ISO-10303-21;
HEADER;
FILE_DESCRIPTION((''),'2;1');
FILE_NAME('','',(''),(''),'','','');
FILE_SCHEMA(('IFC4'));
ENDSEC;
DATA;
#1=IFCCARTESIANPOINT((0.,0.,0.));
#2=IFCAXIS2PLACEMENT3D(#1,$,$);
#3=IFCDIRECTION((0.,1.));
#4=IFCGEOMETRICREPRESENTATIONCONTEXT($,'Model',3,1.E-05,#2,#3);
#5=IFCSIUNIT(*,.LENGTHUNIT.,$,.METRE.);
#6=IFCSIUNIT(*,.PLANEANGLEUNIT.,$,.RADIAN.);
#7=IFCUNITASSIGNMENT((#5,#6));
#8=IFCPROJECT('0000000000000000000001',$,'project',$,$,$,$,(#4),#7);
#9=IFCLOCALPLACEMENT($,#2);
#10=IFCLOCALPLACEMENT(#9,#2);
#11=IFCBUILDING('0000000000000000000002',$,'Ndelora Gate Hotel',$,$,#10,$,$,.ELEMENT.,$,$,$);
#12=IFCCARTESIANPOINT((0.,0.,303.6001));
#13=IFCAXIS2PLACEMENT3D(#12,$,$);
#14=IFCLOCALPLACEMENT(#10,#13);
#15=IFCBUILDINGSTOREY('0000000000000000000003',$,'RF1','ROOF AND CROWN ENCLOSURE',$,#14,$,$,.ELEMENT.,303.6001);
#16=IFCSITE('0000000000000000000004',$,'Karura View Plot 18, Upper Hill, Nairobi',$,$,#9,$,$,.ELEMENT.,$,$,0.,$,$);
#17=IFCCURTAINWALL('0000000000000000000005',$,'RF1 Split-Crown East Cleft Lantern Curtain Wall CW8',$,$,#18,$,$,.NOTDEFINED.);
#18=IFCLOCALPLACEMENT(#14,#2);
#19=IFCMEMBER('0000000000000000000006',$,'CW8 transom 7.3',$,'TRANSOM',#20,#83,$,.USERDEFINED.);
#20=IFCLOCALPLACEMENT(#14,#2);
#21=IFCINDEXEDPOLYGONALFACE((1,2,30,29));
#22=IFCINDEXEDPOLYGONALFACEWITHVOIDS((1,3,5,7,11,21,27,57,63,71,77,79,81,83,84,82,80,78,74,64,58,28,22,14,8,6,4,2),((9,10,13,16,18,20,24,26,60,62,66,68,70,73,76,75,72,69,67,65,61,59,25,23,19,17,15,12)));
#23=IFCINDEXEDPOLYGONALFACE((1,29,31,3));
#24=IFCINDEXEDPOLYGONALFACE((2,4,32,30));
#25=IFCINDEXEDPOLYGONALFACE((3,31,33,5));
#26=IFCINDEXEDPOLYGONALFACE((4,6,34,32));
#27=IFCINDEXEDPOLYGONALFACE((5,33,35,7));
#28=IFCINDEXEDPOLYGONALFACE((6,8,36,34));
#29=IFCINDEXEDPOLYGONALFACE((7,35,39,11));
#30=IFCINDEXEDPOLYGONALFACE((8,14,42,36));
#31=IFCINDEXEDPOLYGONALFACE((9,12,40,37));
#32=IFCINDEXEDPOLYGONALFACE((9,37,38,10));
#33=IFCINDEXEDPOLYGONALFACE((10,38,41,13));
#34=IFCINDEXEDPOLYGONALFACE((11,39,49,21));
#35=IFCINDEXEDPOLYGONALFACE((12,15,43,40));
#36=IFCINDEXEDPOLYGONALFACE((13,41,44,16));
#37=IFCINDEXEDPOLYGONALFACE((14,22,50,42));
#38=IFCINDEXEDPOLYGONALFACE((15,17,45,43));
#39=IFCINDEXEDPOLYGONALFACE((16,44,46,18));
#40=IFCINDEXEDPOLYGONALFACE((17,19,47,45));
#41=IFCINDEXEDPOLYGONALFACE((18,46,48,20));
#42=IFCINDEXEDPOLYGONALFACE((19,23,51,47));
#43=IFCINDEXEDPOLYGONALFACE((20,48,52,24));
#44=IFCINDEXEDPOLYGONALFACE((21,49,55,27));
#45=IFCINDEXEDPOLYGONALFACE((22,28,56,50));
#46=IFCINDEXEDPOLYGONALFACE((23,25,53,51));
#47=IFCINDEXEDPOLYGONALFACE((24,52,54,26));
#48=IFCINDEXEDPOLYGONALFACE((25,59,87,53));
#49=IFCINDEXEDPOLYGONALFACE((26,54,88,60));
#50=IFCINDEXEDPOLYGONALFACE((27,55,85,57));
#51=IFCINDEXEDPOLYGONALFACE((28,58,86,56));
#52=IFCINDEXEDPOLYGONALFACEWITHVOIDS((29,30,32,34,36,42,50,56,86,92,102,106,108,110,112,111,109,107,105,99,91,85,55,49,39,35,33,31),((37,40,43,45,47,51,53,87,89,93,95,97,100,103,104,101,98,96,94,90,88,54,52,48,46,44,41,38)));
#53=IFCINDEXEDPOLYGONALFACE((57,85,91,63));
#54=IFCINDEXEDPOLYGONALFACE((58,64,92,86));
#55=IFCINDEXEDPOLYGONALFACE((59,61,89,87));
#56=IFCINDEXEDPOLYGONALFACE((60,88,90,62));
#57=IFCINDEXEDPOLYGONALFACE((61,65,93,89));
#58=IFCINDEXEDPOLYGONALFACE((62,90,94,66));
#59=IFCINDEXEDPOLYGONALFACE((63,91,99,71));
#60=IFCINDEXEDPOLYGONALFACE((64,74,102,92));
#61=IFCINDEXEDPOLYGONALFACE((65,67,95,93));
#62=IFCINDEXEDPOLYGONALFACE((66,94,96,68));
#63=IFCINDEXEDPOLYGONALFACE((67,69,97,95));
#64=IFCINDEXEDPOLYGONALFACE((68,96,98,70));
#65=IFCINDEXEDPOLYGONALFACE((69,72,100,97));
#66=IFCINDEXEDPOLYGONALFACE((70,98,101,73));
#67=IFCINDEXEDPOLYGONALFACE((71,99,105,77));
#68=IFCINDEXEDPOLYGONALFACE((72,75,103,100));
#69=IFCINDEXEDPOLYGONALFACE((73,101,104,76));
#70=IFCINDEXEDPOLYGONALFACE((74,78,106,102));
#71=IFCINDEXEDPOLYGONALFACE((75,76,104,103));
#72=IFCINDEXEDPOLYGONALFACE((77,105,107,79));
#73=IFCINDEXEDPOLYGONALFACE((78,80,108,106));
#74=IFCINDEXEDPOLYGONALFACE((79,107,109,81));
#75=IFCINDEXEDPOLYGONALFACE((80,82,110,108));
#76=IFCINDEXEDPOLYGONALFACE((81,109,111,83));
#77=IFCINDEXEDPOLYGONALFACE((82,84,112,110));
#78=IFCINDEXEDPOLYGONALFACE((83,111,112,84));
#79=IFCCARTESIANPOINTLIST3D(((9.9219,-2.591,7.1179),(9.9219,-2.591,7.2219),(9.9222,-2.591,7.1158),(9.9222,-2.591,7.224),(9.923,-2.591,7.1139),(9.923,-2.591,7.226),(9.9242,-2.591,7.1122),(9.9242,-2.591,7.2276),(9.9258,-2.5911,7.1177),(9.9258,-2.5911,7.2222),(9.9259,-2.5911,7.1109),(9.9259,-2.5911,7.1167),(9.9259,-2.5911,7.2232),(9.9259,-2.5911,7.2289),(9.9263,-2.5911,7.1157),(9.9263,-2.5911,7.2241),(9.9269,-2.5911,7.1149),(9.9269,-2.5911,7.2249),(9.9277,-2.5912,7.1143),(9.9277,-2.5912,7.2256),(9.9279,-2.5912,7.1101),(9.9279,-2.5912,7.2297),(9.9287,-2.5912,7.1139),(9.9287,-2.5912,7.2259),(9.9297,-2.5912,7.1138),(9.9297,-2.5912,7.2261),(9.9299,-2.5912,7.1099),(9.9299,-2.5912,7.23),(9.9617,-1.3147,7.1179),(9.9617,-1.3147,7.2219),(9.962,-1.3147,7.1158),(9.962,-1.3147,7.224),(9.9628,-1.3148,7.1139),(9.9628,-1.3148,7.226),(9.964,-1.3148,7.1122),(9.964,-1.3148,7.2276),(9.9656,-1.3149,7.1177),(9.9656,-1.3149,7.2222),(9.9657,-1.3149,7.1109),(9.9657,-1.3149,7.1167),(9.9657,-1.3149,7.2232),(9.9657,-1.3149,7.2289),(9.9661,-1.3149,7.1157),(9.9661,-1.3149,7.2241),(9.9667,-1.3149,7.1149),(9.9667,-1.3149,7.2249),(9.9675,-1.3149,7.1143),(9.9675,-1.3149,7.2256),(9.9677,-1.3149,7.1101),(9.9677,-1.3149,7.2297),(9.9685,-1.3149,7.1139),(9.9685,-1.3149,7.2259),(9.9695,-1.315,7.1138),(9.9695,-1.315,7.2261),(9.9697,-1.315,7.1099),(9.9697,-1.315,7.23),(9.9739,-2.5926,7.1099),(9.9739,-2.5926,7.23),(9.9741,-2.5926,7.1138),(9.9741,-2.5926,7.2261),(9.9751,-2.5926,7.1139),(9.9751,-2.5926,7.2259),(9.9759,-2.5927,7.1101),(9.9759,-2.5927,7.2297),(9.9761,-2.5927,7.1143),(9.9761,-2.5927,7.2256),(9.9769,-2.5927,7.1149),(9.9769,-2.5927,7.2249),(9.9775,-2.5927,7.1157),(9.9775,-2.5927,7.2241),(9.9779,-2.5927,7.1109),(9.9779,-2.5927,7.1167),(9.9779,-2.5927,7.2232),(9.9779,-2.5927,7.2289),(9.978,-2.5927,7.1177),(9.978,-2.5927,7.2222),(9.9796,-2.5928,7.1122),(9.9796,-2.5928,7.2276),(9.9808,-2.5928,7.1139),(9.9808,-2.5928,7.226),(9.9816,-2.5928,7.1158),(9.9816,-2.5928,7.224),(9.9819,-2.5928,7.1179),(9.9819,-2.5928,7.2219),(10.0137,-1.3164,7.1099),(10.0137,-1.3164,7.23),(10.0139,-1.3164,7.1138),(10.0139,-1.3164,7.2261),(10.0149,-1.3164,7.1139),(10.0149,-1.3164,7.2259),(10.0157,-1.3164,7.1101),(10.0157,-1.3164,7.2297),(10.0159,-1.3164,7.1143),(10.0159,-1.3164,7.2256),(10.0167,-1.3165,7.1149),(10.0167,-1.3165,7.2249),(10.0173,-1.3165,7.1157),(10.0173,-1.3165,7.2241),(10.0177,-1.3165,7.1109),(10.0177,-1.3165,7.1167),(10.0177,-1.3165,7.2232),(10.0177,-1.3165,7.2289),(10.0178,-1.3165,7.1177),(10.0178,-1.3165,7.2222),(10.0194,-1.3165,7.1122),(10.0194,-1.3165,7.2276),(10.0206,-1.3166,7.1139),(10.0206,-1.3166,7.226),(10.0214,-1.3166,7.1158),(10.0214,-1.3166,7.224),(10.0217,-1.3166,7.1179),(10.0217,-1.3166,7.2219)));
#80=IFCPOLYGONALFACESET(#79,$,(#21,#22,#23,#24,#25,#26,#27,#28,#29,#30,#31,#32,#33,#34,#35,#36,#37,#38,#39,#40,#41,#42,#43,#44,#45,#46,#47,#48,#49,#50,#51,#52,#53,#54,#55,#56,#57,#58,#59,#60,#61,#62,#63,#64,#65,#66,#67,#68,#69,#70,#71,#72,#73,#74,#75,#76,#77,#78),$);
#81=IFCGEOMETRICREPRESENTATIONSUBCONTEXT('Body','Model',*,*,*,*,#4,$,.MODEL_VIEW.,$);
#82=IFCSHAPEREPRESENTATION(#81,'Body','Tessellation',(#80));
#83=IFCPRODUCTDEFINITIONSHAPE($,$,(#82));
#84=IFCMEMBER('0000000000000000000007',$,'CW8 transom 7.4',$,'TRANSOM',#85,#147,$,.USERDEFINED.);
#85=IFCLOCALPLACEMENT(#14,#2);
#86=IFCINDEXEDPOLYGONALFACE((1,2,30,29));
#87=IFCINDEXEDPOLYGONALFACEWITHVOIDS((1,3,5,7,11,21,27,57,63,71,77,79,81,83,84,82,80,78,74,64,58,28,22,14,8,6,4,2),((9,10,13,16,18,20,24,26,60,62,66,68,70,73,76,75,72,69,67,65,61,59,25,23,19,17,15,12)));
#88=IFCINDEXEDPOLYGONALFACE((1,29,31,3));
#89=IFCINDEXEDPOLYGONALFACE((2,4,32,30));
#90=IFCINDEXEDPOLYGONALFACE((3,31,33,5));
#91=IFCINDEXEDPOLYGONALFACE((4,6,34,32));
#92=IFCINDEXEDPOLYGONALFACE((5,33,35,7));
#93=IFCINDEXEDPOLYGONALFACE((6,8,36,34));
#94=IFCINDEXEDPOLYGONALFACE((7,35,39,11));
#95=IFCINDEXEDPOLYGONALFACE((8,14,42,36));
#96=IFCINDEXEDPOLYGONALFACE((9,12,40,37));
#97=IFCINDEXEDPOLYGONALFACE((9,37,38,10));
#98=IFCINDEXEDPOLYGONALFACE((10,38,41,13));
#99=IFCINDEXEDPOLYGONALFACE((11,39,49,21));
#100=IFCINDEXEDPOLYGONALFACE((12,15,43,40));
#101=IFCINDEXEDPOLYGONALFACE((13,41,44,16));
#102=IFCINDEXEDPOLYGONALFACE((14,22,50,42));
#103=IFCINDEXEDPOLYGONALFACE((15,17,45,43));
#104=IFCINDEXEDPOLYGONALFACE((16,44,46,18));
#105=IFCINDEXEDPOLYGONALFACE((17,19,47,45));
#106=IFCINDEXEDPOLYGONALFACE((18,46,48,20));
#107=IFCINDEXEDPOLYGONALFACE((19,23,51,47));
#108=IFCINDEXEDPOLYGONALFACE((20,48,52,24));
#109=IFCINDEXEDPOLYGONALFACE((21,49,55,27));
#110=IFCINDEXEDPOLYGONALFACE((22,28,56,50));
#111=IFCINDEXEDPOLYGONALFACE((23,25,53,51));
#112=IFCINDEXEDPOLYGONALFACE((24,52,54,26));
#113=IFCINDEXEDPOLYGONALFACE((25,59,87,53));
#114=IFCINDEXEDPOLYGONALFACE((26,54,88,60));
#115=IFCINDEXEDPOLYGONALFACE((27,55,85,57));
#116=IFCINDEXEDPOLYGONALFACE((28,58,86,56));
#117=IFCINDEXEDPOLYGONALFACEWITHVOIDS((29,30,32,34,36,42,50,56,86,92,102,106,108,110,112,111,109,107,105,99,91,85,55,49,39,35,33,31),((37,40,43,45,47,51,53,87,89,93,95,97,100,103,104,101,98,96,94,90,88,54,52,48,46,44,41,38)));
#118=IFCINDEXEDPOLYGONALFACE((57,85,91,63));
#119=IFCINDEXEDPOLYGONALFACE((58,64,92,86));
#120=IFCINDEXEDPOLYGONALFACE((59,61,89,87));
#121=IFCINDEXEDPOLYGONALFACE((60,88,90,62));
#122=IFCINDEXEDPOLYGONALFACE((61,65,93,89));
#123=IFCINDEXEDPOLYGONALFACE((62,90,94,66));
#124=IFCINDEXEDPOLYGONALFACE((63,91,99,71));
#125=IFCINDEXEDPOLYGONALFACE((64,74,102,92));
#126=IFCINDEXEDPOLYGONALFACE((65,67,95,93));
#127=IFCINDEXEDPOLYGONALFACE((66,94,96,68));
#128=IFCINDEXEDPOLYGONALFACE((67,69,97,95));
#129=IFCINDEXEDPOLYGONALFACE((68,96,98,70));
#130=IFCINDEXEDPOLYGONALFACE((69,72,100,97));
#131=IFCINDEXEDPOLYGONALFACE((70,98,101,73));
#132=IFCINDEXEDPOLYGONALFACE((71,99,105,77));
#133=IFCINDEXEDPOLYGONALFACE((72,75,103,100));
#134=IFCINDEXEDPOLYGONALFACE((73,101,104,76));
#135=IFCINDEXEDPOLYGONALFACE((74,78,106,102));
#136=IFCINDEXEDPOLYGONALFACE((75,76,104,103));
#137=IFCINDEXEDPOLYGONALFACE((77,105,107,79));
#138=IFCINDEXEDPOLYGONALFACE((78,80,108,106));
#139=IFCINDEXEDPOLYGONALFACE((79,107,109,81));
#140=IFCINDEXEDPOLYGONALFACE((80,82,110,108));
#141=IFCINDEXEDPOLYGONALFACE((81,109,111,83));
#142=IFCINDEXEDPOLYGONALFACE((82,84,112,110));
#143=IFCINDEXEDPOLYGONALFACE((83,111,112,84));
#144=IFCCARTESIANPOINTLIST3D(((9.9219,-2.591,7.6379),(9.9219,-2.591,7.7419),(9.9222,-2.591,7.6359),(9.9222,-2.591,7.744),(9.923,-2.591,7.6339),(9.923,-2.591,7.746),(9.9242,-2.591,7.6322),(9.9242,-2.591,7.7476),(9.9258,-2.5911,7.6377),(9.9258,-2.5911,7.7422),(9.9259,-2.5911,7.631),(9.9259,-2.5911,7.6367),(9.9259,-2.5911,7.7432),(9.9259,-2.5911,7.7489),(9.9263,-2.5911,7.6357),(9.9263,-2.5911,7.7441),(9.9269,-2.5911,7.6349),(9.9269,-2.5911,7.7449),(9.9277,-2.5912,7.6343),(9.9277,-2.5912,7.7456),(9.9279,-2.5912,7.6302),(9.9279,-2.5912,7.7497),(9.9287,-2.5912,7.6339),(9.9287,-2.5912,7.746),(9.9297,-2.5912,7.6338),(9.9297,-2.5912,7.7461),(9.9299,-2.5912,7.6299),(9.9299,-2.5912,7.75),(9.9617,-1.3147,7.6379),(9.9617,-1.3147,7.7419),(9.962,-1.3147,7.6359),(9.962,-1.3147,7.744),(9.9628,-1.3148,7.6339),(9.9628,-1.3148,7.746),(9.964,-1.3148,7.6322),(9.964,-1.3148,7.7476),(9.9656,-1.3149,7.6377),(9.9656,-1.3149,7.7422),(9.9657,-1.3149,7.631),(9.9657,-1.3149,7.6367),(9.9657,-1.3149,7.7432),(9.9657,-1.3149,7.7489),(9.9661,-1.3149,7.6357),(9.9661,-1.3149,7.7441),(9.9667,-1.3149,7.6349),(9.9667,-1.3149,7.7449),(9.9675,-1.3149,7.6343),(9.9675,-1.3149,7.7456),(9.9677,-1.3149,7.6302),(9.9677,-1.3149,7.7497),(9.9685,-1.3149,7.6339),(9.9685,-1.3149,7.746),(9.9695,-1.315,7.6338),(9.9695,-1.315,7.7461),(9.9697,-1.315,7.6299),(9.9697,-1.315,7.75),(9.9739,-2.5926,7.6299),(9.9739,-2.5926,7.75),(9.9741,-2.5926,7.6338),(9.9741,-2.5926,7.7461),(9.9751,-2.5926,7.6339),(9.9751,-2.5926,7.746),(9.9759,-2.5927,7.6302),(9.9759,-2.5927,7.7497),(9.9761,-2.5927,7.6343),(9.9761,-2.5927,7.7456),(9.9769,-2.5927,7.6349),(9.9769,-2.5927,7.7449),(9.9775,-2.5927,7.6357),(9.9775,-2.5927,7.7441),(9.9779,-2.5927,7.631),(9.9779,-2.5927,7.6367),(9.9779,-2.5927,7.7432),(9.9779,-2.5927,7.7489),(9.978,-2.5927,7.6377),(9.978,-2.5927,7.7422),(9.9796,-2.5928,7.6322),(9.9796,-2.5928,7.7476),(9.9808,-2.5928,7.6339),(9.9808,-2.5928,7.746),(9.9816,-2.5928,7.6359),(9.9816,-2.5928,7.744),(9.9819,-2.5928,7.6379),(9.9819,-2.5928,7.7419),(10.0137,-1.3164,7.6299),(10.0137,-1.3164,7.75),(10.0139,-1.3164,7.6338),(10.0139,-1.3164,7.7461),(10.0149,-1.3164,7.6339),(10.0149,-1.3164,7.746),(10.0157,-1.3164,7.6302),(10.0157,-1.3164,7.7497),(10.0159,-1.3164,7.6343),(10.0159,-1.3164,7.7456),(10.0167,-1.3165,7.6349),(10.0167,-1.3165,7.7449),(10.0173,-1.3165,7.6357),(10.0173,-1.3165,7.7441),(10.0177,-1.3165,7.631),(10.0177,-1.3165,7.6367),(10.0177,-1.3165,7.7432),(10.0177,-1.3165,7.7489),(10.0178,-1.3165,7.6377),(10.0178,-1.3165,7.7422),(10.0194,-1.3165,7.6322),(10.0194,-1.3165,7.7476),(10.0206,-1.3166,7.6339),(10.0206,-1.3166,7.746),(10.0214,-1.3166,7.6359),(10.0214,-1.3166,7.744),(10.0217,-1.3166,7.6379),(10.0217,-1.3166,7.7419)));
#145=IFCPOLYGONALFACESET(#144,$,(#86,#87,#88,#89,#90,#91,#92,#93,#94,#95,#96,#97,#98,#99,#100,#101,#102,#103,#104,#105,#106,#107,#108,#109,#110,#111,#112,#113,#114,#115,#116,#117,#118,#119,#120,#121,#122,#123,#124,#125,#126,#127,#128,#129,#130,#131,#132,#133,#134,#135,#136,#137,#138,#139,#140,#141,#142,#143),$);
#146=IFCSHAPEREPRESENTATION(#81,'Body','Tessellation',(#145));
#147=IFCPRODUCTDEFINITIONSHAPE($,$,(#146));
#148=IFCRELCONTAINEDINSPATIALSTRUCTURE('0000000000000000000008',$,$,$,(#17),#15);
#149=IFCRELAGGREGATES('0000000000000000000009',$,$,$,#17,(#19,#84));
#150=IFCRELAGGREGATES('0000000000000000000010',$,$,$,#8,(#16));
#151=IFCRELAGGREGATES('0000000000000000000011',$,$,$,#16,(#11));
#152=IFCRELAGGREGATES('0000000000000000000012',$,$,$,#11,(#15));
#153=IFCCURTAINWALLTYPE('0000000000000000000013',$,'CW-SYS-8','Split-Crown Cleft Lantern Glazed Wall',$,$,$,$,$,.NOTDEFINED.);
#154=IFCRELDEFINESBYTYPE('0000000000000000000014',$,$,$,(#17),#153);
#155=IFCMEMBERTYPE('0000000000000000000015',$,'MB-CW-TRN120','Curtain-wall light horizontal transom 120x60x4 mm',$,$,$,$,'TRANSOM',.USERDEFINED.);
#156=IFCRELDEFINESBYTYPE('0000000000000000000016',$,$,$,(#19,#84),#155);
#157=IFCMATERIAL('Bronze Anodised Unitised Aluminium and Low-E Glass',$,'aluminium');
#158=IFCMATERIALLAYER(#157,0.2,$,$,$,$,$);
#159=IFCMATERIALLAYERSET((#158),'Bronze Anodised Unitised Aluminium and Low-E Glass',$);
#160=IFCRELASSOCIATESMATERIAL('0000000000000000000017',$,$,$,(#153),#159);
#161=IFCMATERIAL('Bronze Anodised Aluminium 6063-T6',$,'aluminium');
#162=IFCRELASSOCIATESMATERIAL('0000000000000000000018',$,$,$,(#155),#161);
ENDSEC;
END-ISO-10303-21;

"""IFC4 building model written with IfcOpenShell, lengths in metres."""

from ifc_helpers import new_model, si_unit, direction, frame, origin, origin_2d, place, context, subcontext, project, spatial, hollow_rectangle, extrude, material, layer, layer_set, material_profile, profile_set, type_object, element, aggregate, save


model = new_model("IFC4")

# Units and contexts
model_context = context("Model", 3, precision=1e-05, world=origin(), true_north=direction((0.0, 1.0)))
body_context = subcontext(model_context, "Body", "Model", "MODEL_VIEW")
ifc_project = project(units=[si_unit("LENGTHUNIT", "METRE"), si_unit("PLANEANGLEUNIT", "RADIAN")], contexts=[model_context])

# Site, building, storey
site_placement = place(None, origin())
site = spatial("IfcSite", under=ifc_project, at=site_placement, Name="Karura View Plot 18, Upper Hill, Nairobi", CompositionType="ELEMENT", RefElevation=0.0)
building_placement = place(site_placement, origin())
building = spatial("IfcBuilding", under=site, at=building_placement, Name="Ndelora Gate Hotel", CompositionType="ELEMENT")
storey_placement = place(building_placement, frame((0.0, 0.0, 303.6001)))
storey = spatial("IfcBuildingStorey", under=building, at=storey_placement, Name="RF1", Description="ROOF AND CROWN ENCLOSURE", CompositionType="ELEMENT", Elevation=303.6001)

# Curtain wall
ifc_material_1 = material(Name="Bronze Anodised Unitised Aluminium and Low-E Glass", Category="aluminium")
ifc_layer_1 = layer(ifc_material_1, 0.2)
ifc_layer_set_1 = layer_set([ifc_layer_1], Name="Bronze Anodised Unitised Aluminium and Low-E Glass")
curtain_wall_type = type_object("IfcCurtainWallType", Name="CW-SYS-8", Description="Split-Crown Cleft Lantern Glazed Wall", PredefinedType="NOTDEFINED", material=ifc_layer_set_1)
ifc_material_2 = material(Name="Bronze Anodised Aluminium 6063-T6", Category="aluminium")
curtain_wall_1_placement = place(storey_placement, origin())
curtain_wall_1 = element("IfcCurtainWall", 1, at=curtain_wall_1_placement, inside=storey, type_object=curtain_wall_type, Name="RF1 Split-Crown East Cleft Lantern Curtain Wall CW8", PredefinedType="NOTDEFINED")

# Members
ifc_material_profile_1 = material_profile(ifc_material_2, hollow_rectangle(XDim=0.0601, YDim=0.1201, WallThickness=0.0039, InnerFilletRadius=0.0039, OuterFilletRadius=0.0081, at=origin_2d()), Name="ALU 120x60x4")
ifc_profile_set_1 = profile_set([ifc_material_profile_1], Name="Bronze Anodised Aluminium 6063-T6")
member_type_1 = type_object("IfcMemberType", Name="MB-CW-TRN120", Description="Curtain-wall light horizontal transom 120x60x4 mm", ElementType="TRANSOM", PredefinedType="USERDEFINED", material=ifc_profile_set_1)
member_1_placement = place(storey_placement, frame((9.9917, -1.3157, 7.1699), z_axis=(-0.031169, -0.999514, 0.0), x_axis=(0.999514, -0.031169, 0.0)))
member_1 = element("IfcMember", 2, at=member_1_placement, type_object=member_type_1, Name="CW8 transom 7.3", ObjectType="TRANSOM", PredefinedType="USERDEFINED", context=body_context, shape_type="SweptSolid", body=[
    extrude(hollow_rectangle(XDim=0.0601, YDim=0.1201, WallThickness=0.0039, InnerFilletRadius=0.0039, OuterFilletRadius=0.0081, at=origin_2d()), origin(), (0.0, 0.0, 1.0), 1.2769),
])
member_2_placement = place(storey_placement, frame((9.9917, -1.3157, 7.6899), z_axis=(-0.031169, -0.999514, 0.0), x_axis=(0.999514, -0.031169, 0.0)))
member_2 = element("IfcMember", 3, at=member_2_placement, type_object=member_type_1, Name="CW8 transom 7.4", ObjectType="TRANSOM", PredefinedType="USERDEFINED", context=body_context, shape_type="SweptSolid", body=[
    extrude(hollow_rectangle(XDim=0.0601, YDim=0.1201, WallThickness=0.0039, InnerFilletRadius=0.0039, OuterFilletRadius=0.0081, at=origin_2d()), origin(), (0.0, 0.0, 1.0), 1.2769),
])

aggregate(curtain_wall_1, [member_1, member_2])

save(model, "model.ifc")
